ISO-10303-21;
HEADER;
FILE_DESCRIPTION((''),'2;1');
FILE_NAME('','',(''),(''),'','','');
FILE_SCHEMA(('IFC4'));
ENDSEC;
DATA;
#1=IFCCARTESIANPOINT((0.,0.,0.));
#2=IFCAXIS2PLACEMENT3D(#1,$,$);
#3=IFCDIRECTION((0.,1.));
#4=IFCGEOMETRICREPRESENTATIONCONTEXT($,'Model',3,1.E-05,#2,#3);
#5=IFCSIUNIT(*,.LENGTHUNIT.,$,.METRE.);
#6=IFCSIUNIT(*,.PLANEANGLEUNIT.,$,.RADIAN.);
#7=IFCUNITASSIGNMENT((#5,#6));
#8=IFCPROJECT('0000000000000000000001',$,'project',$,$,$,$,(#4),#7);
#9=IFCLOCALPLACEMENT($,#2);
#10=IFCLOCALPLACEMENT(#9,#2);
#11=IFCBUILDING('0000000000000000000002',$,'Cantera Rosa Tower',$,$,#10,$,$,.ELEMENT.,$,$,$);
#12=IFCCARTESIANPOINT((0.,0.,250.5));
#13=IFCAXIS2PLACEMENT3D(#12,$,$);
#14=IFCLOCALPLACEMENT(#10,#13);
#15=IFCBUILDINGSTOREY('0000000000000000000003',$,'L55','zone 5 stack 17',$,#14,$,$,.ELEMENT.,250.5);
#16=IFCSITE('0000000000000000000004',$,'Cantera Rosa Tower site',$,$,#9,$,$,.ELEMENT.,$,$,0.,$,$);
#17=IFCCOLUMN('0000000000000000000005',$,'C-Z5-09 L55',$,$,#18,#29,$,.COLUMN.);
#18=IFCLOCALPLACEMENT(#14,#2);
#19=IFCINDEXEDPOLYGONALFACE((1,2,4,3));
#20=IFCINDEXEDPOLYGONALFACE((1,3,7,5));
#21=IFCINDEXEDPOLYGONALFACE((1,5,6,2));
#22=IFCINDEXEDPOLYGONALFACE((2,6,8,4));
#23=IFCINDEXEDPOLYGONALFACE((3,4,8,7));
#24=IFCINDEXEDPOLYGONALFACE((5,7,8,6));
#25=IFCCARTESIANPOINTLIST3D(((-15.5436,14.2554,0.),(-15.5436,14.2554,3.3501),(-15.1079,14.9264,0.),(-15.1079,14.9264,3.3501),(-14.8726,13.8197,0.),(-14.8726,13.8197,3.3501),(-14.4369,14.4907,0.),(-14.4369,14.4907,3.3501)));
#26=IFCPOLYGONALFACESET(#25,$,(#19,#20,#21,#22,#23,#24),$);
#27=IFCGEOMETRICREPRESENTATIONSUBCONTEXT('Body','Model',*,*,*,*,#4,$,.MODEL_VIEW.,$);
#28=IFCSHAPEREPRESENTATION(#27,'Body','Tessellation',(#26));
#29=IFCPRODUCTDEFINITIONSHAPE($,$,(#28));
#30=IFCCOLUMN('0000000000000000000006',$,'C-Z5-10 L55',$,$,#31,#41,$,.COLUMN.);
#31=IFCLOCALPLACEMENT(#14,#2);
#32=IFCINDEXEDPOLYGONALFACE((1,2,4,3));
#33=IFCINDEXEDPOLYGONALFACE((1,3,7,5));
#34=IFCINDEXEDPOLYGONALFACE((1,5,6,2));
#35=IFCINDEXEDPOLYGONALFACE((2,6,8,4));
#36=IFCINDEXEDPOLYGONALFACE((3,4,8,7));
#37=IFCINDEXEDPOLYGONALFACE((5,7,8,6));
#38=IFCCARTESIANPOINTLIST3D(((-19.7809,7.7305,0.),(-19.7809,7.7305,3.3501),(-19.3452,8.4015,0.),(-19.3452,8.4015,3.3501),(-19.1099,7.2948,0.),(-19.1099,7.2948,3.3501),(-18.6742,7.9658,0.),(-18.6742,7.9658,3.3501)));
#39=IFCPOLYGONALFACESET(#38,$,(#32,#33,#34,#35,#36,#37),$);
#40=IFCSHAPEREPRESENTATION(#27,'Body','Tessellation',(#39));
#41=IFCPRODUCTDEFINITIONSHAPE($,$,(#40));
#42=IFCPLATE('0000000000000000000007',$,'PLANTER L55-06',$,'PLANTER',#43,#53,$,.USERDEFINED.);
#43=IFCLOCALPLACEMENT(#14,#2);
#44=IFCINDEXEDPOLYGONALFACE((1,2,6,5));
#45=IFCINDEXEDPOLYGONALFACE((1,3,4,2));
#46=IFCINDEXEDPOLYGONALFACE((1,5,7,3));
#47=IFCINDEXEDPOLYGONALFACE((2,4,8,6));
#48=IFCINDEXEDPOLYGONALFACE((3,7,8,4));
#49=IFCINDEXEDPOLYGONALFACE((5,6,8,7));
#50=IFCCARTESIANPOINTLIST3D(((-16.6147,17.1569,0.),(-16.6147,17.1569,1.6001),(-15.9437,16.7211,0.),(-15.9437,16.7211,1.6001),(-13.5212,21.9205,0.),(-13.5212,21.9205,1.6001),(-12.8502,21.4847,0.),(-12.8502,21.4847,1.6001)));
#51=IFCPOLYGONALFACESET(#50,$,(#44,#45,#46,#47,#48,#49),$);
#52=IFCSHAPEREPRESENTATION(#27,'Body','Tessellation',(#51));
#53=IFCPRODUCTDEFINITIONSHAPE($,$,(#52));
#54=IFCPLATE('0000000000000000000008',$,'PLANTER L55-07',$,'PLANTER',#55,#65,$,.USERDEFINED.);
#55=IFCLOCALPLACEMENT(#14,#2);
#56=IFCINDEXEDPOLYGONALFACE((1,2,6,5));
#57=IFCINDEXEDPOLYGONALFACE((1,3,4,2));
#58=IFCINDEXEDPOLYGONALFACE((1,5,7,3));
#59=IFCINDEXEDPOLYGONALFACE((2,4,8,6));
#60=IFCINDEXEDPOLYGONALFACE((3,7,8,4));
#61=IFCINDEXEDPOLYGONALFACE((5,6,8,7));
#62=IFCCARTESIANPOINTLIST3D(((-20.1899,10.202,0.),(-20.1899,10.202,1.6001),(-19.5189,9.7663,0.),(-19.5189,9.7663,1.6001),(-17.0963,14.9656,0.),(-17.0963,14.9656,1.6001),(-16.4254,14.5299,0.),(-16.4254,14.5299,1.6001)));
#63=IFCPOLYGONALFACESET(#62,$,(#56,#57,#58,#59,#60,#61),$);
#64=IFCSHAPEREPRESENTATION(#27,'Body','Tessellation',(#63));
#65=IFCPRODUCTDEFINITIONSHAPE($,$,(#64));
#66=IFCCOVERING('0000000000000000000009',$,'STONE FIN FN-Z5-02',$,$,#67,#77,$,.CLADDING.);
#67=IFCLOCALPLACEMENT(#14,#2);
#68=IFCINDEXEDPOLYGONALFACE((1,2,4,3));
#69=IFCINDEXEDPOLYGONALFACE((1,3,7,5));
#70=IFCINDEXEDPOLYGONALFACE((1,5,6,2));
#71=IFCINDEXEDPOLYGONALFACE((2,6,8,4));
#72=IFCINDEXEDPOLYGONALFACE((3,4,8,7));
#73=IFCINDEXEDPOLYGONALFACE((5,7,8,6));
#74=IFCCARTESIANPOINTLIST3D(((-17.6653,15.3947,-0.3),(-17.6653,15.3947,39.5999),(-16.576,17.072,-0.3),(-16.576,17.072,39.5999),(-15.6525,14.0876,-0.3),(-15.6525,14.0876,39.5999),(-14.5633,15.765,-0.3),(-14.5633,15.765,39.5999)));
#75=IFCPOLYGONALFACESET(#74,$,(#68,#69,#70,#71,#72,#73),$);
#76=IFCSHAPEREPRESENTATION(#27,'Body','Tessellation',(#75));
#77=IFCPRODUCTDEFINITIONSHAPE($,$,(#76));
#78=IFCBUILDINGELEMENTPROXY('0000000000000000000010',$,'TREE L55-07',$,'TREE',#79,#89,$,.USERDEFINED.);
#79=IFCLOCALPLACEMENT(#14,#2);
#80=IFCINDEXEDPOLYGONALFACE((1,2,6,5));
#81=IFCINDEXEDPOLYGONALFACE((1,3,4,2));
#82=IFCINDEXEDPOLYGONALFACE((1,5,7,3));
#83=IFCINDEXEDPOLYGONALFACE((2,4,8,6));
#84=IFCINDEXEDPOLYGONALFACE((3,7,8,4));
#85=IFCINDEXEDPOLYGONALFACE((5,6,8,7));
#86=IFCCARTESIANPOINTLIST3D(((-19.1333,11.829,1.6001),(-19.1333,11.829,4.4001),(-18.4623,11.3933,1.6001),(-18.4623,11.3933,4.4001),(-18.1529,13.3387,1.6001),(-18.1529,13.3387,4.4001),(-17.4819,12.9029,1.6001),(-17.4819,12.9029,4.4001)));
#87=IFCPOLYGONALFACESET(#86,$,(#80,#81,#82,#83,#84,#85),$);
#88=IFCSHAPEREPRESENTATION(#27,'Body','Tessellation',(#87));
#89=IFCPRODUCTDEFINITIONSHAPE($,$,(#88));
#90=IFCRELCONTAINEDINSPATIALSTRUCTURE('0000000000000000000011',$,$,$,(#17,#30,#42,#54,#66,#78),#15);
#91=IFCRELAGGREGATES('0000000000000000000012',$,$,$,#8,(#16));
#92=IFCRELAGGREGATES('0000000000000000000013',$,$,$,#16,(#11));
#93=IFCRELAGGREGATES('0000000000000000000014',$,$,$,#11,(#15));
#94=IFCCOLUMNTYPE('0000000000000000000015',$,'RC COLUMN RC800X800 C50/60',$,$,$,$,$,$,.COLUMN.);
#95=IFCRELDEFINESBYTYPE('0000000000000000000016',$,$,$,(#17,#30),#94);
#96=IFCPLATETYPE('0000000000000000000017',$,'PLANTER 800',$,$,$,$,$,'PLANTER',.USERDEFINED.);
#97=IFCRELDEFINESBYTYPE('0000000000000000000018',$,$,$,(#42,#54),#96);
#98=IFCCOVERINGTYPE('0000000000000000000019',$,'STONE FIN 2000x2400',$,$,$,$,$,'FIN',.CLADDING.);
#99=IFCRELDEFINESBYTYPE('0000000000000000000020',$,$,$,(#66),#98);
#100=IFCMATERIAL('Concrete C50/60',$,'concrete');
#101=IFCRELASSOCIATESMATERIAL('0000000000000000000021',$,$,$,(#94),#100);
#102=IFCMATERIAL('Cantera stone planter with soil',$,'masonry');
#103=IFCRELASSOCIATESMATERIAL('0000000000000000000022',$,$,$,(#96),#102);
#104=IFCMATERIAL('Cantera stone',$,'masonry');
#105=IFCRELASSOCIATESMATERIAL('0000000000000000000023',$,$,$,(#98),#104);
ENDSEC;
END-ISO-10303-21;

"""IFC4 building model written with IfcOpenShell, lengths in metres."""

from ifc_helpers import new_model, si_unit, direction, frame, origin, origin_2d, place, context, subcontext, project, spatial, rectangle, extrude, material, material_profile, profile_set, type_object, element, save


model = new_model("IFC4")

# Units and contexts
model_context = context("Model", 3, precision=1e-05, world=origin(), true_north=direction((0.0, 1.0)))
body_context = subcontext(model_context, "Body", "Model", "MODEL_VIEW")
ifc_project = project(units=[si_unit("LENGTHUNIT", "METRE"), si_unit("PLANEANGLEUNIT", "RADIAN")], contexts=[model_context])

# Site, building, storey
site_placement = place(None, origin())
site = spatial("IfcSite", under=ifc_project, at=site_placement, Name="Cantera Rosa Tower site", CompositionType="ELEMENT", RefElevation=0.0)
building_placement = place(site_placement, origin())
building = spatial("IfcBuilding", under=site, at=building_placement, Name="Cantera Rosa Tower", CompositionType="ELEMENT")
storey_placement = place(building_placement, frame((0.0, 0.0, 250.5)))
storey = spatial("IfcBuildingStorey", under=building, at=storey_placement, Name="L55", Description="zone 5 stack 17", CompositionType="ELEMENT", Elevation=250.5)

# Columns
ifc_material_1 = material(Name="Concrete C50/60", Category="concrete")
ifc_material_profile = material_profile(ifc_material_1, rectangle(XDim=0.8, YDim=0.8, at=origin_2d()), Name="RC COLUMN RC800X800 C50/60")
ifc_profile_set = profile_set([ifc_material_profile], Name="Concrete C50/60")
column_type = type_object("IfcColumnType", Name="RC COLUMN RC800X800 C50/60", PredefinedType="COLUMN", material=ifc_profile_set)
for number, where, z_axis, x_axis, name in (
    (1, (-14.9902, 14.373, 0.0), (0.0, 0.0, 1.0), (0.544639, 0.838671, 0.0), "C-Z5-09 L55"),
    (2, (-19.2275, 7.8481, 0.0), (0.0, 0.0, 1.0), (0.544639, 0.838671, 0.0), "C-Z5-10 L55"),
):
    element("IfcColumn", number, at=place(storey_placement, frame(where, z_axis=z_axis, x_axis=x_axis)), inside=storey, type_object=column_type, Name=name, PredefinedType="COLUMN", context=body_context, shape_type="SweptSolid", body=[
        extrude(rectangle(XDim=0.8, YDim=0.8, at=origin_2d()), origin(), (0.0, 0.0, 1.0), 3.3501),
    ])

# Plates
ifc_material_2 = material(Name="Cantera stone planter with soil", Category="masonry")
plate_type = type_object("IfcPlateType", Name="PLANTER 800", ElementType="PLANTER", PredefinedType="USERDEFINED", material=ifc_material_2)
for number, where, z_axis, x_axis, name in (
    (3, (-14.7324, 19.3208, 0.0), (0.0, 0.0, 1.0), (-0.544639, -0.838671, 0.0), "PLANTER L55-06"),
    (4, (-18.3076, 12.366, 0.0), (0.0, 0.0, 1.0), (-0.544639, -0.838671, 0.0), "PLANTER L55-07"),
):
    element("IfcPlate", number, at=place(storey_placement, frame(where, z_axis=z_axis, x_axis=x_axis)), inside=storey, type_object=plate_type, Name=name, ObjectType="PLANTER", PredefinedType="USERDEFINED", context=body_context, shape_type="SweptSolid", body=[
        extrude(rectangle(XDim=5.6799, YDim=0.8, at=origin_2d()), origin(), (0.0, 0.0, 1.0), 1.6001),
    ])

# Covering
ifc_material_3 = material(Name="Cantera stone", Category="masonry")
covering_type = type_object("IfcCoveringType", Name="STONE FIN 2000x2400", ElementType="FIN", PredefinedType="CLADDING", material=ifc_material_3)
covering_placement = place(storey_placement, frame((-16.1143, 15.5798, -0.3), z_axis=(0.0, 0.0, 1.0), x_axis=(-0.544639, -0.838671, 0.0)))
element("IfcCovering", 5, at=covering_placement, inside=storey, type_object=covering_type, Name="STONE FIN FN-Z5-02", PredefinedType="CLADDING", context=body_context, shape_type="SweptSolid", body=[
    extrude(rectangle(XDim=2.0, YDim=2.3999, at=origin_2d()), origin(), (0.0, 0.0, 1.0), 39.8999),
])

# Building element proxy
proxy_placement = place(storey_placement, frame((-18.3076, 12.366, 1.6001), z_axis=(0.0, 0.0, 1.0), x_axis=(-0.544639, -0.838671, 0.0)))
element("IfcBuildingElementProxy", 6, at=proxy_placement, inside=storey, Name="TREE L55-07", ObjectType="TREE", PredefinedType="USERDEFINED", context=body_context, shape_type="SweptSolid", body=[
    extrude(rectangle(XDim=1.8, YDim=0.8, at=origin_2d()), origin(), (0.0, 0.0, 1.0), 2.8),
])

save(model, "model.ifc")
